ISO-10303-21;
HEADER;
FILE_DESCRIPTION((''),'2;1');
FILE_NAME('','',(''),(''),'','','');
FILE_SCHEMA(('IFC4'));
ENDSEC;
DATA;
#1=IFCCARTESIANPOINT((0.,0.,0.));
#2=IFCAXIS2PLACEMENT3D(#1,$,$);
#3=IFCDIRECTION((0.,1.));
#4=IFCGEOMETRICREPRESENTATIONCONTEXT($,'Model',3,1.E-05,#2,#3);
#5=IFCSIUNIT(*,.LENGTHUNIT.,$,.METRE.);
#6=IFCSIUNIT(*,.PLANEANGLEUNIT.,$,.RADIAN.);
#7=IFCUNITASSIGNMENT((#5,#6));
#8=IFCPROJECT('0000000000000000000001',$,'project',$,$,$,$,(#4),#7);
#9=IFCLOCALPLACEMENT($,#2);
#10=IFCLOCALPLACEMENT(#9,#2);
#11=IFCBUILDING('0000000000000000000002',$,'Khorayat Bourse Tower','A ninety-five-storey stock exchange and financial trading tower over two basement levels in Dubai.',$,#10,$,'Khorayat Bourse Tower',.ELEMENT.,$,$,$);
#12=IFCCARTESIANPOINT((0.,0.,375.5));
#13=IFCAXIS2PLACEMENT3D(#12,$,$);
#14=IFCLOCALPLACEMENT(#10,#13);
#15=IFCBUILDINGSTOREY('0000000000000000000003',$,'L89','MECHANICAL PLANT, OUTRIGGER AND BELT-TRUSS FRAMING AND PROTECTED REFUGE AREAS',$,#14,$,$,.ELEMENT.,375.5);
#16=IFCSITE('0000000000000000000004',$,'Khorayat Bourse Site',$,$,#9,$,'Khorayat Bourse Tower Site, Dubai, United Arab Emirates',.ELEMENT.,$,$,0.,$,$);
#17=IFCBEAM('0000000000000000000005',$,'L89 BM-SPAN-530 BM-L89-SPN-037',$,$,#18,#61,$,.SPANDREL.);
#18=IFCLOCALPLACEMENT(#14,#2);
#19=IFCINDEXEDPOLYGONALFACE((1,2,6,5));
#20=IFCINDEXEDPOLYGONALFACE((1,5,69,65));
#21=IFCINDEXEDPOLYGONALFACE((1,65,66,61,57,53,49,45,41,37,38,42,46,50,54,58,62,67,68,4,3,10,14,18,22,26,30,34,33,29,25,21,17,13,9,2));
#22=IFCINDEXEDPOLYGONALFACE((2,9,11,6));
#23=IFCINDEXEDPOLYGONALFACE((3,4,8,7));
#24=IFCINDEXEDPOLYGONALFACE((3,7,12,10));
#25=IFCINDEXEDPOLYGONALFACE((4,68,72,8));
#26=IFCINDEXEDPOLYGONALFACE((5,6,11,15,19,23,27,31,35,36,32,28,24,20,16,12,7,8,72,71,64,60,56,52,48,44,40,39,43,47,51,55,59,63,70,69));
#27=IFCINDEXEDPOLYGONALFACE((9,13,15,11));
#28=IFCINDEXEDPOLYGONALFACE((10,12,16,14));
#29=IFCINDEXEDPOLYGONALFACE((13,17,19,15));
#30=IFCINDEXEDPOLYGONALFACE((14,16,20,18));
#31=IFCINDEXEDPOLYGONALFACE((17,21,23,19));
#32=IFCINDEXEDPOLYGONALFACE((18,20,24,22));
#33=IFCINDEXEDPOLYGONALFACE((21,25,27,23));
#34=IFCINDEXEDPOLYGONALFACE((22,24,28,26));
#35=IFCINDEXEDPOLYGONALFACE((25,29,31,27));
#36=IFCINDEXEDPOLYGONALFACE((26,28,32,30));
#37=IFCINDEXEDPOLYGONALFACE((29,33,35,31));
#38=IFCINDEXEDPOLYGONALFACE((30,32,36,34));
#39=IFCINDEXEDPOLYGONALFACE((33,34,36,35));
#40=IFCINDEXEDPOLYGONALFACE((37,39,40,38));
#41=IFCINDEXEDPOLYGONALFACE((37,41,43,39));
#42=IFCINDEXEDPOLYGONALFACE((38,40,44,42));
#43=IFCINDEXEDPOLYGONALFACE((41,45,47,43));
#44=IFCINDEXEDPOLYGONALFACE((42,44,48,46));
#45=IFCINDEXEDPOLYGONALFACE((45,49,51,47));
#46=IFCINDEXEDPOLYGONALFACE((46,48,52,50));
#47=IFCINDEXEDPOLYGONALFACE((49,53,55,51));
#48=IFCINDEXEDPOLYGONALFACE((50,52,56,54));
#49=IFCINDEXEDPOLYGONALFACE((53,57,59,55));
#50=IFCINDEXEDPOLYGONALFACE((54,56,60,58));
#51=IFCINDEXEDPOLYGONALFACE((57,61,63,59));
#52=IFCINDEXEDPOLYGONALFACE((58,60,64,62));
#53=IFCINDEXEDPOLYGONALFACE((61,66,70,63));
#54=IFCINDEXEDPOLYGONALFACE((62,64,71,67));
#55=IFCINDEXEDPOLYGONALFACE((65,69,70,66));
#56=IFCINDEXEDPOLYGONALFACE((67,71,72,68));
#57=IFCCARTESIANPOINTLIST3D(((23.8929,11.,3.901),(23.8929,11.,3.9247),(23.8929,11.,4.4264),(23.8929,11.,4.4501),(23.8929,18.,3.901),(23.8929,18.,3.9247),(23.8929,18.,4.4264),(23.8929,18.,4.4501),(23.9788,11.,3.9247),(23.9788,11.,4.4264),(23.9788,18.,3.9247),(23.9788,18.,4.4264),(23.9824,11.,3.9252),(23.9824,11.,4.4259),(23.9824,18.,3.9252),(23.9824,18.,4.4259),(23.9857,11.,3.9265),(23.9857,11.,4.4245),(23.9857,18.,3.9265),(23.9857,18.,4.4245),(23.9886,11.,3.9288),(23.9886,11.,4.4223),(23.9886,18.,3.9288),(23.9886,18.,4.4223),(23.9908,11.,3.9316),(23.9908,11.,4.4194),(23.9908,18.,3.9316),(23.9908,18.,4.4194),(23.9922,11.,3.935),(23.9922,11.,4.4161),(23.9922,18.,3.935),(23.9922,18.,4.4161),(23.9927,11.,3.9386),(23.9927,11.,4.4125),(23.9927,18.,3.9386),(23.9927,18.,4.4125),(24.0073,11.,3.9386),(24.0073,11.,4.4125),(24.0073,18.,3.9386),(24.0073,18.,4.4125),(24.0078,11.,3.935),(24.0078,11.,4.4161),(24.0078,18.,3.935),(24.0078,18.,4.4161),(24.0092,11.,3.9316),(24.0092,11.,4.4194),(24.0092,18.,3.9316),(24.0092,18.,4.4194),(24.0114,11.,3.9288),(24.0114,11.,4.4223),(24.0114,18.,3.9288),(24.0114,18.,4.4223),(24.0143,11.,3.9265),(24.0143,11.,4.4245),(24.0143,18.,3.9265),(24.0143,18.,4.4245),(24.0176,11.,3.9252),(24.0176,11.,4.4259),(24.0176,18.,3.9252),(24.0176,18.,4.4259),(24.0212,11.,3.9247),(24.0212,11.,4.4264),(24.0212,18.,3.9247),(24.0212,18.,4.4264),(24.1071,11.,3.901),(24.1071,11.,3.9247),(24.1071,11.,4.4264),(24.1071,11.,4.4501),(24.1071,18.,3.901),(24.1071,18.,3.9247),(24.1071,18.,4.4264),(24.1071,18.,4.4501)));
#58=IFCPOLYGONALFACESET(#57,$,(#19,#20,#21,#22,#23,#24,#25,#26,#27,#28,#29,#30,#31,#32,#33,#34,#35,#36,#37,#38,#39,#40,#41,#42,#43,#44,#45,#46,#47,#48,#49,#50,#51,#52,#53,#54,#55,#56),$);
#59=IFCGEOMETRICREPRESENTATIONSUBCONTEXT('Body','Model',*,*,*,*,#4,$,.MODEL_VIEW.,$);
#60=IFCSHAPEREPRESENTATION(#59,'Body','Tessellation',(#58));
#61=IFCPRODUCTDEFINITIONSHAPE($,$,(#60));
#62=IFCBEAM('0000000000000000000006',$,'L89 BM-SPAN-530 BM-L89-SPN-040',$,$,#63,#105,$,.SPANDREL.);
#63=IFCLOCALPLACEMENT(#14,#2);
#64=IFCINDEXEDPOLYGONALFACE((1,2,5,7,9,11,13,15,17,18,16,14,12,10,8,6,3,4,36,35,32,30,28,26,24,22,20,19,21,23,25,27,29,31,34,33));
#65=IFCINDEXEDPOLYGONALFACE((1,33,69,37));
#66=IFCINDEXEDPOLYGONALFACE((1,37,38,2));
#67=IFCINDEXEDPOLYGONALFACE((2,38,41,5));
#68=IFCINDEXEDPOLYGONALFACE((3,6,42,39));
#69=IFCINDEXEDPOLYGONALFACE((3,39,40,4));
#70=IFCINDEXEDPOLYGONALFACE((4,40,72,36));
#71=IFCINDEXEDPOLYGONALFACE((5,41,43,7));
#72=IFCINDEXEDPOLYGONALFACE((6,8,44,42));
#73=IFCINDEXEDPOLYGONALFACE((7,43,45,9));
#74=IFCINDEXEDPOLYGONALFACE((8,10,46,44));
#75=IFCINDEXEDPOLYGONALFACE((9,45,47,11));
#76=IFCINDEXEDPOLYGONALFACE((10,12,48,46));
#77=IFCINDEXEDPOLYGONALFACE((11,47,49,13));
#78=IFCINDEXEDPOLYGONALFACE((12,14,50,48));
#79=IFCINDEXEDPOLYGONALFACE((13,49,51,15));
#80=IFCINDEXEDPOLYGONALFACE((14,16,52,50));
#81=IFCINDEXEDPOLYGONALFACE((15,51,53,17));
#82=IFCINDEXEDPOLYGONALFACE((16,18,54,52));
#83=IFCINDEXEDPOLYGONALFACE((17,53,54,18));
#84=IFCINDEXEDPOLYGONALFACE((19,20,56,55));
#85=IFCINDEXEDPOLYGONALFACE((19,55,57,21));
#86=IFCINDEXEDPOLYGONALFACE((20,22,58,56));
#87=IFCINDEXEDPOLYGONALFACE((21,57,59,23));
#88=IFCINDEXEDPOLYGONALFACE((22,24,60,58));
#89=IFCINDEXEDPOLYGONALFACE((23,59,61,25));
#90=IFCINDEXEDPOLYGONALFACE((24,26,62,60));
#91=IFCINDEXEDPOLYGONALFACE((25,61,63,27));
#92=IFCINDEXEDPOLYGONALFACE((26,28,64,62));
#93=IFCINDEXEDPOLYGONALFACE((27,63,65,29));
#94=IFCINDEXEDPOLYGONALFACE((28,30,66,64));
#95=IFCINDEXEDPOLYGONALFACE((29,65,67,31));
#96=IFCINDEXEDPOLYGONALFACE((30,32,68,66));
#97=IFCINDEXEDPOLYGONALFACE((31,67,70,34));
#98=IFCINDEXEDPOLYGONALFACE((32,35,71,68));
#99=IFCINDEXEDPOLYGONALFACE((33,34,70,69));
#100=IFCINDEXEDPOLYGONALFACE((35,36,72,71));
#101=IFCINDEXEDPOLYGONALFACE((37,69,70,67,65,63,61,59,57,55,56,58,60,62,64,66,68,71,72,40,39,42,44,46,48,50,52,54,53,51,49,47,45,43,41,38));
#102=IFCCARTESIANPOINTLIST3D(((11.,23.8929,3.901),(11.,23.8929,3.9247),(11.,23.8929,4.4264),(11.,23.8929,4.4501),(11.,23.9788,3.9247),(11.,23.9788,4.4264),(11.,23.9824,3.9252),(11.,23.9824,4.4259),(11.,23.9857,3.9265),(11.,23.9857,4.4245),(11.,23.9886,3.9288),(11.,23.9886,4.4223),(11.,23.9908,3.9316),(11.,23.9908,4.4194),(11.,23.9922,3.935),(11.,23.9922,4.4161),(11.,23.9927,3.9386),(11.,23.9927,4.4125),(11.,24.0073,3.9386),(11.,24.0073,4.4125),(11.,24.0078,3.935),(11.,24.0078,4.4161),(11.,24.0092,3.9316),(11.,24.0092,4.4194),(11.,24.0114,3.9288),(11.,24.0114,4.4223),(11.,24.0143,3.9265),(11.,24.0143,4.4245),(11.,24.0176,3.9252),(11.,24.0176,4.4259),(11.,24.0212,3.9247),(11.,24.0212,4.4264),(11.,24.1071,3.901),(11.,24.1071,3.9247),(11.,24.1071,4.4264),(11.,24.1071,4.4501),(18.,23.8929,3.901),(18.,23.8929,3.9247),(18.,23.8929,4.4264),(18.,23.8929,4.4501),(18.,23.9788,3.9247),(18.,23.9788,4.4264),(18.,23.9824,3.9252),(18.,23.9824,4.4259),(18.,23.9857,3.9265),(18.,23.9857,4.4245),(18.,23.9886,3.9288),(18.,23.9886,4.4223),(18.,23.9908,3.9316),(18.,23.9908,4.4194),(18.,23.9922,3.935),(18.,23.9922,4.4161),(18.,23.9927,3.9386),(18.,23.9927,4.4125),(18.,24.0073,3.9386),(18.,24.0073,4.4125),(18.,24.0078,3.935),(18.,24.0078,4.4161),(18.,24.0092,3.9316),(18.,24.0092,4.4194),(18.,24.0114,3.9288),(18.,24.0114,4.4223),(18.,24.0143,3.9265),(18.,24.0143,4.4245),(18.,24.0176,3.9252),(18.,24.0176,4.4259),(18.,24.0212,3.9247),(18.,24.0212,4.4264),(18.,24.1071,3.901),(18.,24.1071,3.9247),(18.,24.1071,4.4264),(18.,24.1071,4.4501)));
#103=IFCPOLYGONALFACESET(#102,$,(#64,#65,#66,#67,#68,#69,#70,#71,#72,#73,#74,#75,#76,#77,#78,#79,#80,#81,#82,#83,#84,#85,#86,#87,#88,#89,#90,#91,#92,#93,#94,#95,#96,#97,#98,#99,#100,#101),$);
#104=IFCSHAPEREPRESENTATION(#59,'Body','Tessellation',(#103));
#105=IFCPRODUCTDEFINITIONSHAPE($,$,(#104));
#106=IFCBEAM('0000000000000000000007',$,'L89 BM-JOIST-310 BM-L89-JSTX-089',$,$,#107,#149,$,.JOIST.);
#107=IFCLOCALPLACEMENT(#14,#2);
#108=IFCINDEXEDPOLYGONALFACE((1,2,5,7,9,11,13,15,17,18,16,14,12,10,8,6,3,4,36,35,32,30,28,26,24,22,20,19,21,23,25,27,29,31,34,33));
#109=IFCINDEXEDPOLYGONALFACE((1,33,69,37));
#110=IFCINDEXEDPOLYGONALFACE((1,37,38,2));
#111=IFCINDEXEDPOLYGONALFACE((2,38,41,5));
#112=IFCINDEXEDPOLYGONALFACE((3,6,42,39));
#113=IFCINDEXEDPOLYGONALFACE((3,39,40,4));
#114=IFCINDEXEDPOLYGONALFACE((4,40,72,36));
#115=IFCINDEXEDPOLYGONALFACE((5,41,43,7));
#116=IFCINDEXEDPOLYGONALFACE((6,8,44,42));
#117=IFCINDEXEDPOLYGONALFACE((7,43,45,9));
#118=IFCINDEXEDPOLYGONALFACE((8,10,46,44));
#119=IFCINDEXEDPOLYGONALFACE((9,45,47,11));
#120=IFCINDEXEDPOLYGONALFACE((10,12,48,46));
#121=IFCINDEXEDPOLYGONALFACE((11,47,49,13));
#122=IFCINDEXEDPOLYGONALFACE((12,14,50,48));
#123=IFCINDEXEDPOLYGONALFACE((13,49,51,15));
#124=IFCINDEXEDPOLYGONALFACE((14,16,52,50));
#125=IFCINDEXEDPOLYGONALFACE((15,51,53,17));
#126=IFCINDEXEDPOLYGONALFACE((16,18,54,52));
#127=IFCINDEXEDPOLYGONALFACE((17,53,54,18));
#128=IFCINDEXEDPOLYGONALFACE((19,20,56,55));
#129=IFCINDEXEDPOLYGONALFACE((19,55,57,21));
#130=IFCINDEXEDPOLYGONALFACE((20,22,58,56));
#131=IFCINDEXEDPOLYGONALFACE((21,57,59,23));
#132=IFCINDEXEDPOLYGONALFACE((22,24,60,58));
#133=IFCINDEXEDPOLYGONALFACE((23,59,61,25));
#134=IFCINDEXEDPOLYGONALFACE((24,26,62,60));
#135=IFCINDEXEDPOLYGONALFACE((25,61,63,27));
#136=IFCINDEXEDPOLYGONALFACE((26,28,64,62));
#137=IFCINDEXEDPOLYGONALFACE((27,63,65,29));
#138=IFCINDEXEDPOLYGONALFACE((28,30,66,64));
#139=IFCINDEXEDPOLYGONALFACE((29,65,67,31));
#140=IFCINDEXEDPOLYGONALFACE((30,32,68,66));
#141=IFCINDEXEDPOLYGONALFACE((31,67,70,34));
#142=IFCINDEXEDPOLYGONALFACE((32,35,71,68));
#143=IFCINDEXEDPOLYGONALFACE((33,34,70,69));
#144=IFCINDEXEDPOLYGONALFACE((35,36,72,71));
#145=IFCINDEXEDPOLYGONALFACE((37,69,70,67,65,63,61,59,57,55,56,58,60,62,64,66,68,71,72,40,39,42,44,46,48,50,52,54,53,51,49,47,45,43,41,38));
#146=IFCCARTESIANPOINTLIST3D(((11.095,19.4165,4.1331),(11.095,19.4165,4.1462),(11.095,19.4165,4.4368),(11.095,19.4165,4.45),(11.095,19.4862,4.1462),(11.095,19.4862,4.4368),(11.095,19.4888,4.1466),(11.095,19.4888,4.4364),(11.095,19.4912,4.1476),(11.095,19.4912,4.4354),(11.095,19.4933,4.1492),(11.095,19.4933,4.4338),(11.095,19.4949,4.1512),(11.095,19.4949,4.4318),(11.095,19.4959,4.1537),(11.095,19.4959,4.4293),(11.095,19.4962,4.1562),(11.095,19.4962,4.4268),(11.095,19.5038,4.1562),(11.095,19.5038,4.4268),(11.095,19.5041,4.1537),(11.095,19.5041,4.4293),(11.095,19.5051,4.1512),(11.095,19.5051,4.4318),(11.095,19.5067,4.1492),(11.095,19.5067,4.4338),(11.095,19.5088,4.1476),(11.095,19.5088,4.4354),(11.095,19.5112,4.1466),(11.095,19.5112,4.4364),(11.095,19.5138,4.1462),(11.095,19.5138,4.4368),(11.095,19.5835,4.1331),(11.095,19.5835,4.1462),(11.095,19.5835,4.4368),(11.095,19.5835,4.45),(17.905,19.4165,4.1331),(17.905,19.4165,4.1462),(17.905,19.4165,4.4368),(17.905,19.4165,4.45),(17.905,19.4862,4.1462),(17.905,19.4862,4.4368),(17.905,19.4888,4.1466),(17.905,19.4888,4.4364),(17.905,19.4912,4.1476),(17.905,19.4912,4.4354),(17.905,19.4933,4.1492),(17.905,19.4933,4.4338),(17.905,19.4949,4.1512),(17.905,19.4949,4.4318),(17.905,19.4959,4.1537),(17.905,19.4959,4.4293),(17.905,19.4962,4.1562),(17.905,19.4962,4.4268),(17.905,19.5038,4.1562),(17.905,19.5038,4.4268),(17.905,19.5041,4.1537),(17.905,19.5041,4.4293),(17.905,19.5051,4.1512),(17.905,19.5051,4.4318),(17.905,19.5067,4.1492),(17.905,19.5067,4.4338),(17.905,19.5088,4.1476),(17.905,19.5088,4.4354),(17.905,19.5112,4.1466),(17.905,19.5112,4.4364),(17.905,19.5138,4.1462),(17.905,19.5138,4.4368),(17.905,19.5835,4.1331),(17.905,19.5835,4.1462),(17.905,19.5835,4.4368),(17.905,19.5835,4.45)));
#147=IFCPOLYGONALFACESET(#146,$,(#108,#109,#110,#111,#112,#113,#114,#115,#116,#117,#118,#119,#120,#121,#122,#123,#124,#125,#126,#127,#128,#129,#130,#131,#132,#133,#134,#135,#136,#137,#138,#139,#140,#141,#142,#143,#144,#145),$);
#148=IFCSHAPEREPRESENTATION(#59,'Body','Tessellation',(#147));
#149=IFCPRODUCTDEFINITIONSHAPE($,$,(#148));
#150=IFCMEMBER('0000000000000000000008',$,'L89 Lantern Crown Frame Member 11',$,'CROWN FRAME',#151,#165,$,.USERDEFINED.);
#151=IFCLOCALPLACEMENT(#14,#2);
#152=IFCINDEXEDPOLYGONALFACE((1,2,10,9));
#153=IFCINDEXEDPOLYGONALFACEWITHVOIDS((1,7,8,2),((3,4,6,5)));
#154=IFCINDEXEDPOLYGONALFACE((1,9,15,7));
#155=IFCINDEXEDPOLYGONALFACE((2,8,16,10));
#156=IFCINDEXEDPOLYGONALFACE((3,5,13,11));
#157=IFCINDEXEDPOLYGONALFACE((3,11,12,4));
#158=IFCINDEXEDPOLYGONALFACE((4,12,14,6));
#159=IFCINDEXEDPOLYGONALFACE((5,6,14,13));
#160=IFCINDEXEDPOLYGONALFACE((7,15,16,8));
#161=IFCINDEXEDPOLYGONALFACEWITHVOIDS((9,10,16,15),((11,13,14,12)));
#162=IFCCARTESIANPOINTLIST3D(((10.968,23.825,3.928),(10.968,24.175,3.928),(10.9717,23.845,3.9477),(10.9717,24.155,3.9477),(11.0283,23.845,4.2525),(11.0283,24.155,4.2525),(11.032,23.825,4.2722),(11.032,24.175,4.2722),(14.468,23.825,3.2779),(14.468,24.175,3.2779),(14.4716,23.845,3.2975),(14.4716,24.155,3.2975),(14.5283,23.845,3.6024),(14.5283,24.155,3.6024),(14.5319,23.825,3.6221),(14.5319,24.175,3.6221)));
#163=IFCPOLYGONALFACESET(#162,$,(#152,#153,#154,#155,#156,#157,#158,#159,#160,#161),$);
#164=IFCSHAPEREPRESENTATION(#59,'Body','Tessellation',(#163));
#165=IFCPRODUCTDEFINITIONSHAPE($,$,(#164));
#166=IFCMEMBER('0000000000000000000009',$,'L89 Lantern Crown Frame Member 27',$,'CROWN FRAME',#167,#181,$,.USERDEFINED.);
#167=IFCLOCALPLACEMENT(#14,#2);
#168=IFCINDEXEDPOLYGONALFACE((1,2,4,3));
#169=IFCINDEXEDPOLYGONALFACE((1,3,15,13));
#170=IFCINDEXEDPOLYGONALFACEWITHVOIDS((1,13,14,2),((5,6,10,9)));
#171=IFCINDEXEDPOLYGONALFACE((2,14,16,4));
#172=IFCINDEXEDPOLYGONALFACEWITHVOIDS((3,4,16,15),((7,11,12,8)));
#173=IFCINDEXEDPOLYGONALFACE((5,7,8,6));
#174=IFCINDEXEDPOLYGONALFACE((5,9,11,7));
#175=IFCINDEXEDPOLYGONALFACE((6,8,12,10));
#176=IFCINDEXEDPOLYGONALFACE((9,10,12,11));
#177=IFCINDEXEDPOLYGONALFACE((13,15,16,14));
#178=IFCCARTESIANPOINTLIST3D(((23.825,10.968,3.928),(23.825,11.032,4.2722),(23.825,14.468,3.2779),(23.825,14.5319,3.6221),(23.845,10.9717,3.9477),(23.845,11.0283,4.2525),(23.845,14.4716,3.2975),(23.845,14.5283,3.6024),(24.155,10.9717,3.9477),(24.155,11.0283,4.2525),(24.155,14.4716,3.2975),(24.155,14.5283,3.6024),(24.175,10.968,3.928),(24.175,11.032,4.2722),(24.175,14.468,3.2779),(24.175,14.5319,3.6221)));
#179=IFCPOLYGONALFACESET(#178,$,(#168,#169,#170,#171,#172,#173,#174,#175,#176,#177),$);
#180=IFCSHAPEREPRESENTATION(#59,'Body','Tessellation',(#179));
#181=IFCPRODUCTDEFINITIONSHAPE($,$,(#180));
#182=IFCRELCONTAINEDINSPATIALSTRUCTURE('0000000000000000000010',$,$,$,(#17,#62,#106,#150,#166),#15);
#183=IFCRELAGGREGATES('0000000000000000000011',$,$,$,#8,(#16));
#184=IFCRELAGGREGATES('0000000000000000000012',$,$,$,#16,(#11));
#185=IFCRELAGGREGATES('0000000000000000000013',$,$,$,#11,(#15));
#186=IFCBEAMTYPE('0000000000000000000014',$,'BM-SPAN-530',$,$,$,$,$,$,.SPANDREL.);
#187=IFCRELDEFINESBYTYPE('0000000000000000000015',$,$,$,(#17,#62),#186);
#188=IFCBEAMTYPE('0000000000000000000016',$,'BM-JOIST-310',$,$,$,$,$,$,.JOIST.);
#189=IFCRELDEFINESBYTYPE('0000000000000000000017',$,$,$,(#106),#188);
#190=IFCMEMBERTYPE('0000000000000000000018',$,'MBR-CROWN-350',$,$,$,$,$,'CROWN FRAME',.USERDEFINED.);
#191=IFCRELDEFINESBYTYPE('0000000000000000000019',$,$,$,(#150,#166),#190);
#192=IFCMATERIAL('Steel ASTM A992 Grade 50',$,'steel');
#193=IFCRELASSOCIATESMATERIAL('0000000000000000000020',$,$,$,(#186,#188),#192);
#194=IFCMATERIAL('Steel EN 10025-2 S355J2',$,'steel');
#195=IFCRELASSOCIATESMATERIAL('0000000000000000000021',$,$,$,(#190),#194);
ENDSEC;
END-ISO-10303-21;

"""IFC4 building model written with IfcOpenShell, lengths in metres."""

from ifc_helpers import new_model, si_unit, direction, frame, origin, origin_2d, place, context, subcontext, project, spatial, hollow_rectangle, i_section, extrude, source, transform, mapped, material, material_profile, profile_set, type_object, element, save


model = new_model("IFC4")

# Units and contexts
model_context = context("Model", 3, precision=1e-05, world=origin(), true_north=direction((0.0, 1.0)))
body_context = subcontext(model_context, "Body", "Model", "MODEL_VIEW")
ifc_project = project(units=[si_unit("LENGTHUNIT", "METRE"), si_unit("PLANEANGLEUNIT", "RADIAN")], contexts=[model_context])

# Site, building, storey
site_placement = place(None, origin())
site = spatial("IfcSite", under=ifc_project, at=site_placement, Name="Khorayat Bourse Site", LongName="Khorayat Bourse Tower Site, Dubai, United Arab Emirates", CompositionType="ELEMENT", RefElevation=0.0)
building_placement = place(site_placement, origin())
building = spatial("IfcBuilding", under=site, at=building_placement, Name="Khorayat Bourse Tower", Description="A ninety-five-storey stock exchange and financial trading tower over two basement levels in Dubai.", LongName="Khorayat Bourse Tower", CompositionType="ELEMENT")
storey_placement = place(building_placement, frame((0.0, 0.0, 375.5)))
storey = spatial("IfcBuildingStorey", under=building, at=storey_placement, Name="L89", Description="MECHANICAL PLANT, OUTRIGGER AND BELT-TRUSS FRAMING AND PROTECTED REFUGE AREAS", CompositionType="ELEMENT", Elevation=375.5)

# Shared definitions
ifc_material_1 = material(Name="Steel EN 10025-2 S355J2", Category="steel")

# Beams
ifc_material_2 = material(Name="Steel ASTM A992 Grade 50", Category="steel")
ifc_material_profile_1 = material_profile(ifc_material_2, i_section(OverallWidth=0.2141, OverallDepth=0.5491, WebThickness=0.0146, FlangeThickness=0.0237, FilletRadius=0.0139, at=origin_2d()), Name="W530X138")
ifc_profile_set_1 = profile_set([ifc_material_profile_1], Name="Steel ASTM A992 Grade 50")
beam_type_1 = type_object("IfcBeamType", Name="BM-SPAN-530", PredefinedType="SPANDREL", material=ifc_profile_set_1)
shared_shape_1 = source(origin(), body_context, "Body", "SweptSolid", [
    extrude(i_section(OverallWidth=0.2141, OverallDepth=0.5491, WebThickness=0.0146, FlangeThickness=0.0237, FilletRadius=0.0139, at=origin_2d()), origin(), (0.0, 0.0, 1.0), 7.0),
])
for number, where, z_axis, x_axis, name in (
    (1, (24.0, 11.0, 4.1755), (0.0, 1.0, 0.0), (-1.0, 0.0, 0.0), "L89 BM-SPAN-530 BM-L89-SPN-037"),
    (2, (11.0, 24.0, 4.1755), (1.0, 0.0, 0.0), (0.0, 1.0, 0.0), "L89 BM-SPAN-530 BM-L89-SPN-040"),
):
    element("IfcBeam", number, at=place(storey_placement, frame(where, z_axis=z_axis, x_axis=x_axis)), inside=storey, type_object=beam_type_1, Name=name, PredefinedType="SPANDREL", context=body_context, shape_type="MappedRepresentation", body=[
        mapped(shared_shape_1, transform((0.0, 0.0, 0.0), scale=1.0)),
    ])
ifc_material_profile_2 = material_profile(ifc_material_2, i_section(OverallWidth=0.167, OverallDepth=0.3169, WebThickness=0.0076, FlangeThickness=0.0132, FilletRadius=0.01, at=origin_2d()), Name="W310X52")
ifc_profile_set_2 = profile_set([ifc_material_profile_2], Name="Steel ASTM A992 Grade 50")
beam_type_2 = type_object("IfcBeamType", Name="BM-JOIST-310", PredefinedType="JOIST", material=ifc_profile_set_2)
shared_shape_2 = source(origin(), body_context, "Body", "SweptSolid", [
    extrude(i_section(OverallWidth=0.167, OverallDepth=0.3169, WebThickness=0.0076, FlangeThickness=0.0132, FilletRadius=0.01, at=origin_2d()), origin(), (0.0, 0.0, 1.0), 6.8101),
])
beam_placement = place(storey_placement, frame((11.095, 19.5, 4.2915), z_axis=(1.0, 0.0, 0.0), x_axis=(0.0, 1.0, 0.0)))
element("IfcBeam", 3, at=beam_placement, inside=storey, type_object=beam_type_2, Name="L89 BM-JOIST-310 BM-L89-JSTX-089", PredefinedType="JOIST", context=body_context, shape_type="MappedRepresentation", body=[
    mapped(shared_shape_2, transform((0.0, 0.0, 0.0), scale=1.0)),
])

# Members
ifc_material_profile_3 = material_profile(ifc_material_1, hollow_rectangle(XDim=0.3501, YDim=0.3501, WallThickness=0.02, at=origin_2d()), Name="HSS 350x350x20")
ifc_profile_set_3 = profile_set([ifc_material_profile_3], Name="Steel EN 10025-2 S355J2")
member_type_1 = type_object("IfcMemberType", Name="MBR-CROWN-350", ElementType="CROWN FRAME", PredefinedType="USERDEFINED", material=ifc_profile_set_3)
shared_shape_3 = source(origin(), body_context, "Body", "SweptSolid", [
    extrude(hollow_rectangle(XDim=0.3501, YDim=0.3501, WallThickness=0.02, at=origin_2d()), origin(), (0.0, 0.0, 1.0), 3.5598),
])
for number, where, z_axis, x_axis, name in (
    (4, (11.0, 24.0, 4.1001), (0.983181, 0.0, -0.182632), (0.0, 1.0, 0.0), "L89 Lantern Crown Frame Member 11"),
    (5, (24.0, 11.0, 4.1001), (0.0, 0.983181, -0.182632), (-1.0, 0.0, 0.0), "L89 Lantern Crown Frame Member 27"),
):
    element("IfcMember", number, at=place(storey_placement, frame(where, z_axis=z_axis, x_axis=x_axis)), inside=storey, type_object=member_type_1, Name=name, ObjectType="CROWN FRAME", PredefinedType="USERDEFINED", context=body_context, shape_type="MappedRepresentation", body=[
        mapped(shared_shape_3, transform((0.0, 0.0, 0.0), scale=1.0)),
    ])

save(model, "model.ifc")
